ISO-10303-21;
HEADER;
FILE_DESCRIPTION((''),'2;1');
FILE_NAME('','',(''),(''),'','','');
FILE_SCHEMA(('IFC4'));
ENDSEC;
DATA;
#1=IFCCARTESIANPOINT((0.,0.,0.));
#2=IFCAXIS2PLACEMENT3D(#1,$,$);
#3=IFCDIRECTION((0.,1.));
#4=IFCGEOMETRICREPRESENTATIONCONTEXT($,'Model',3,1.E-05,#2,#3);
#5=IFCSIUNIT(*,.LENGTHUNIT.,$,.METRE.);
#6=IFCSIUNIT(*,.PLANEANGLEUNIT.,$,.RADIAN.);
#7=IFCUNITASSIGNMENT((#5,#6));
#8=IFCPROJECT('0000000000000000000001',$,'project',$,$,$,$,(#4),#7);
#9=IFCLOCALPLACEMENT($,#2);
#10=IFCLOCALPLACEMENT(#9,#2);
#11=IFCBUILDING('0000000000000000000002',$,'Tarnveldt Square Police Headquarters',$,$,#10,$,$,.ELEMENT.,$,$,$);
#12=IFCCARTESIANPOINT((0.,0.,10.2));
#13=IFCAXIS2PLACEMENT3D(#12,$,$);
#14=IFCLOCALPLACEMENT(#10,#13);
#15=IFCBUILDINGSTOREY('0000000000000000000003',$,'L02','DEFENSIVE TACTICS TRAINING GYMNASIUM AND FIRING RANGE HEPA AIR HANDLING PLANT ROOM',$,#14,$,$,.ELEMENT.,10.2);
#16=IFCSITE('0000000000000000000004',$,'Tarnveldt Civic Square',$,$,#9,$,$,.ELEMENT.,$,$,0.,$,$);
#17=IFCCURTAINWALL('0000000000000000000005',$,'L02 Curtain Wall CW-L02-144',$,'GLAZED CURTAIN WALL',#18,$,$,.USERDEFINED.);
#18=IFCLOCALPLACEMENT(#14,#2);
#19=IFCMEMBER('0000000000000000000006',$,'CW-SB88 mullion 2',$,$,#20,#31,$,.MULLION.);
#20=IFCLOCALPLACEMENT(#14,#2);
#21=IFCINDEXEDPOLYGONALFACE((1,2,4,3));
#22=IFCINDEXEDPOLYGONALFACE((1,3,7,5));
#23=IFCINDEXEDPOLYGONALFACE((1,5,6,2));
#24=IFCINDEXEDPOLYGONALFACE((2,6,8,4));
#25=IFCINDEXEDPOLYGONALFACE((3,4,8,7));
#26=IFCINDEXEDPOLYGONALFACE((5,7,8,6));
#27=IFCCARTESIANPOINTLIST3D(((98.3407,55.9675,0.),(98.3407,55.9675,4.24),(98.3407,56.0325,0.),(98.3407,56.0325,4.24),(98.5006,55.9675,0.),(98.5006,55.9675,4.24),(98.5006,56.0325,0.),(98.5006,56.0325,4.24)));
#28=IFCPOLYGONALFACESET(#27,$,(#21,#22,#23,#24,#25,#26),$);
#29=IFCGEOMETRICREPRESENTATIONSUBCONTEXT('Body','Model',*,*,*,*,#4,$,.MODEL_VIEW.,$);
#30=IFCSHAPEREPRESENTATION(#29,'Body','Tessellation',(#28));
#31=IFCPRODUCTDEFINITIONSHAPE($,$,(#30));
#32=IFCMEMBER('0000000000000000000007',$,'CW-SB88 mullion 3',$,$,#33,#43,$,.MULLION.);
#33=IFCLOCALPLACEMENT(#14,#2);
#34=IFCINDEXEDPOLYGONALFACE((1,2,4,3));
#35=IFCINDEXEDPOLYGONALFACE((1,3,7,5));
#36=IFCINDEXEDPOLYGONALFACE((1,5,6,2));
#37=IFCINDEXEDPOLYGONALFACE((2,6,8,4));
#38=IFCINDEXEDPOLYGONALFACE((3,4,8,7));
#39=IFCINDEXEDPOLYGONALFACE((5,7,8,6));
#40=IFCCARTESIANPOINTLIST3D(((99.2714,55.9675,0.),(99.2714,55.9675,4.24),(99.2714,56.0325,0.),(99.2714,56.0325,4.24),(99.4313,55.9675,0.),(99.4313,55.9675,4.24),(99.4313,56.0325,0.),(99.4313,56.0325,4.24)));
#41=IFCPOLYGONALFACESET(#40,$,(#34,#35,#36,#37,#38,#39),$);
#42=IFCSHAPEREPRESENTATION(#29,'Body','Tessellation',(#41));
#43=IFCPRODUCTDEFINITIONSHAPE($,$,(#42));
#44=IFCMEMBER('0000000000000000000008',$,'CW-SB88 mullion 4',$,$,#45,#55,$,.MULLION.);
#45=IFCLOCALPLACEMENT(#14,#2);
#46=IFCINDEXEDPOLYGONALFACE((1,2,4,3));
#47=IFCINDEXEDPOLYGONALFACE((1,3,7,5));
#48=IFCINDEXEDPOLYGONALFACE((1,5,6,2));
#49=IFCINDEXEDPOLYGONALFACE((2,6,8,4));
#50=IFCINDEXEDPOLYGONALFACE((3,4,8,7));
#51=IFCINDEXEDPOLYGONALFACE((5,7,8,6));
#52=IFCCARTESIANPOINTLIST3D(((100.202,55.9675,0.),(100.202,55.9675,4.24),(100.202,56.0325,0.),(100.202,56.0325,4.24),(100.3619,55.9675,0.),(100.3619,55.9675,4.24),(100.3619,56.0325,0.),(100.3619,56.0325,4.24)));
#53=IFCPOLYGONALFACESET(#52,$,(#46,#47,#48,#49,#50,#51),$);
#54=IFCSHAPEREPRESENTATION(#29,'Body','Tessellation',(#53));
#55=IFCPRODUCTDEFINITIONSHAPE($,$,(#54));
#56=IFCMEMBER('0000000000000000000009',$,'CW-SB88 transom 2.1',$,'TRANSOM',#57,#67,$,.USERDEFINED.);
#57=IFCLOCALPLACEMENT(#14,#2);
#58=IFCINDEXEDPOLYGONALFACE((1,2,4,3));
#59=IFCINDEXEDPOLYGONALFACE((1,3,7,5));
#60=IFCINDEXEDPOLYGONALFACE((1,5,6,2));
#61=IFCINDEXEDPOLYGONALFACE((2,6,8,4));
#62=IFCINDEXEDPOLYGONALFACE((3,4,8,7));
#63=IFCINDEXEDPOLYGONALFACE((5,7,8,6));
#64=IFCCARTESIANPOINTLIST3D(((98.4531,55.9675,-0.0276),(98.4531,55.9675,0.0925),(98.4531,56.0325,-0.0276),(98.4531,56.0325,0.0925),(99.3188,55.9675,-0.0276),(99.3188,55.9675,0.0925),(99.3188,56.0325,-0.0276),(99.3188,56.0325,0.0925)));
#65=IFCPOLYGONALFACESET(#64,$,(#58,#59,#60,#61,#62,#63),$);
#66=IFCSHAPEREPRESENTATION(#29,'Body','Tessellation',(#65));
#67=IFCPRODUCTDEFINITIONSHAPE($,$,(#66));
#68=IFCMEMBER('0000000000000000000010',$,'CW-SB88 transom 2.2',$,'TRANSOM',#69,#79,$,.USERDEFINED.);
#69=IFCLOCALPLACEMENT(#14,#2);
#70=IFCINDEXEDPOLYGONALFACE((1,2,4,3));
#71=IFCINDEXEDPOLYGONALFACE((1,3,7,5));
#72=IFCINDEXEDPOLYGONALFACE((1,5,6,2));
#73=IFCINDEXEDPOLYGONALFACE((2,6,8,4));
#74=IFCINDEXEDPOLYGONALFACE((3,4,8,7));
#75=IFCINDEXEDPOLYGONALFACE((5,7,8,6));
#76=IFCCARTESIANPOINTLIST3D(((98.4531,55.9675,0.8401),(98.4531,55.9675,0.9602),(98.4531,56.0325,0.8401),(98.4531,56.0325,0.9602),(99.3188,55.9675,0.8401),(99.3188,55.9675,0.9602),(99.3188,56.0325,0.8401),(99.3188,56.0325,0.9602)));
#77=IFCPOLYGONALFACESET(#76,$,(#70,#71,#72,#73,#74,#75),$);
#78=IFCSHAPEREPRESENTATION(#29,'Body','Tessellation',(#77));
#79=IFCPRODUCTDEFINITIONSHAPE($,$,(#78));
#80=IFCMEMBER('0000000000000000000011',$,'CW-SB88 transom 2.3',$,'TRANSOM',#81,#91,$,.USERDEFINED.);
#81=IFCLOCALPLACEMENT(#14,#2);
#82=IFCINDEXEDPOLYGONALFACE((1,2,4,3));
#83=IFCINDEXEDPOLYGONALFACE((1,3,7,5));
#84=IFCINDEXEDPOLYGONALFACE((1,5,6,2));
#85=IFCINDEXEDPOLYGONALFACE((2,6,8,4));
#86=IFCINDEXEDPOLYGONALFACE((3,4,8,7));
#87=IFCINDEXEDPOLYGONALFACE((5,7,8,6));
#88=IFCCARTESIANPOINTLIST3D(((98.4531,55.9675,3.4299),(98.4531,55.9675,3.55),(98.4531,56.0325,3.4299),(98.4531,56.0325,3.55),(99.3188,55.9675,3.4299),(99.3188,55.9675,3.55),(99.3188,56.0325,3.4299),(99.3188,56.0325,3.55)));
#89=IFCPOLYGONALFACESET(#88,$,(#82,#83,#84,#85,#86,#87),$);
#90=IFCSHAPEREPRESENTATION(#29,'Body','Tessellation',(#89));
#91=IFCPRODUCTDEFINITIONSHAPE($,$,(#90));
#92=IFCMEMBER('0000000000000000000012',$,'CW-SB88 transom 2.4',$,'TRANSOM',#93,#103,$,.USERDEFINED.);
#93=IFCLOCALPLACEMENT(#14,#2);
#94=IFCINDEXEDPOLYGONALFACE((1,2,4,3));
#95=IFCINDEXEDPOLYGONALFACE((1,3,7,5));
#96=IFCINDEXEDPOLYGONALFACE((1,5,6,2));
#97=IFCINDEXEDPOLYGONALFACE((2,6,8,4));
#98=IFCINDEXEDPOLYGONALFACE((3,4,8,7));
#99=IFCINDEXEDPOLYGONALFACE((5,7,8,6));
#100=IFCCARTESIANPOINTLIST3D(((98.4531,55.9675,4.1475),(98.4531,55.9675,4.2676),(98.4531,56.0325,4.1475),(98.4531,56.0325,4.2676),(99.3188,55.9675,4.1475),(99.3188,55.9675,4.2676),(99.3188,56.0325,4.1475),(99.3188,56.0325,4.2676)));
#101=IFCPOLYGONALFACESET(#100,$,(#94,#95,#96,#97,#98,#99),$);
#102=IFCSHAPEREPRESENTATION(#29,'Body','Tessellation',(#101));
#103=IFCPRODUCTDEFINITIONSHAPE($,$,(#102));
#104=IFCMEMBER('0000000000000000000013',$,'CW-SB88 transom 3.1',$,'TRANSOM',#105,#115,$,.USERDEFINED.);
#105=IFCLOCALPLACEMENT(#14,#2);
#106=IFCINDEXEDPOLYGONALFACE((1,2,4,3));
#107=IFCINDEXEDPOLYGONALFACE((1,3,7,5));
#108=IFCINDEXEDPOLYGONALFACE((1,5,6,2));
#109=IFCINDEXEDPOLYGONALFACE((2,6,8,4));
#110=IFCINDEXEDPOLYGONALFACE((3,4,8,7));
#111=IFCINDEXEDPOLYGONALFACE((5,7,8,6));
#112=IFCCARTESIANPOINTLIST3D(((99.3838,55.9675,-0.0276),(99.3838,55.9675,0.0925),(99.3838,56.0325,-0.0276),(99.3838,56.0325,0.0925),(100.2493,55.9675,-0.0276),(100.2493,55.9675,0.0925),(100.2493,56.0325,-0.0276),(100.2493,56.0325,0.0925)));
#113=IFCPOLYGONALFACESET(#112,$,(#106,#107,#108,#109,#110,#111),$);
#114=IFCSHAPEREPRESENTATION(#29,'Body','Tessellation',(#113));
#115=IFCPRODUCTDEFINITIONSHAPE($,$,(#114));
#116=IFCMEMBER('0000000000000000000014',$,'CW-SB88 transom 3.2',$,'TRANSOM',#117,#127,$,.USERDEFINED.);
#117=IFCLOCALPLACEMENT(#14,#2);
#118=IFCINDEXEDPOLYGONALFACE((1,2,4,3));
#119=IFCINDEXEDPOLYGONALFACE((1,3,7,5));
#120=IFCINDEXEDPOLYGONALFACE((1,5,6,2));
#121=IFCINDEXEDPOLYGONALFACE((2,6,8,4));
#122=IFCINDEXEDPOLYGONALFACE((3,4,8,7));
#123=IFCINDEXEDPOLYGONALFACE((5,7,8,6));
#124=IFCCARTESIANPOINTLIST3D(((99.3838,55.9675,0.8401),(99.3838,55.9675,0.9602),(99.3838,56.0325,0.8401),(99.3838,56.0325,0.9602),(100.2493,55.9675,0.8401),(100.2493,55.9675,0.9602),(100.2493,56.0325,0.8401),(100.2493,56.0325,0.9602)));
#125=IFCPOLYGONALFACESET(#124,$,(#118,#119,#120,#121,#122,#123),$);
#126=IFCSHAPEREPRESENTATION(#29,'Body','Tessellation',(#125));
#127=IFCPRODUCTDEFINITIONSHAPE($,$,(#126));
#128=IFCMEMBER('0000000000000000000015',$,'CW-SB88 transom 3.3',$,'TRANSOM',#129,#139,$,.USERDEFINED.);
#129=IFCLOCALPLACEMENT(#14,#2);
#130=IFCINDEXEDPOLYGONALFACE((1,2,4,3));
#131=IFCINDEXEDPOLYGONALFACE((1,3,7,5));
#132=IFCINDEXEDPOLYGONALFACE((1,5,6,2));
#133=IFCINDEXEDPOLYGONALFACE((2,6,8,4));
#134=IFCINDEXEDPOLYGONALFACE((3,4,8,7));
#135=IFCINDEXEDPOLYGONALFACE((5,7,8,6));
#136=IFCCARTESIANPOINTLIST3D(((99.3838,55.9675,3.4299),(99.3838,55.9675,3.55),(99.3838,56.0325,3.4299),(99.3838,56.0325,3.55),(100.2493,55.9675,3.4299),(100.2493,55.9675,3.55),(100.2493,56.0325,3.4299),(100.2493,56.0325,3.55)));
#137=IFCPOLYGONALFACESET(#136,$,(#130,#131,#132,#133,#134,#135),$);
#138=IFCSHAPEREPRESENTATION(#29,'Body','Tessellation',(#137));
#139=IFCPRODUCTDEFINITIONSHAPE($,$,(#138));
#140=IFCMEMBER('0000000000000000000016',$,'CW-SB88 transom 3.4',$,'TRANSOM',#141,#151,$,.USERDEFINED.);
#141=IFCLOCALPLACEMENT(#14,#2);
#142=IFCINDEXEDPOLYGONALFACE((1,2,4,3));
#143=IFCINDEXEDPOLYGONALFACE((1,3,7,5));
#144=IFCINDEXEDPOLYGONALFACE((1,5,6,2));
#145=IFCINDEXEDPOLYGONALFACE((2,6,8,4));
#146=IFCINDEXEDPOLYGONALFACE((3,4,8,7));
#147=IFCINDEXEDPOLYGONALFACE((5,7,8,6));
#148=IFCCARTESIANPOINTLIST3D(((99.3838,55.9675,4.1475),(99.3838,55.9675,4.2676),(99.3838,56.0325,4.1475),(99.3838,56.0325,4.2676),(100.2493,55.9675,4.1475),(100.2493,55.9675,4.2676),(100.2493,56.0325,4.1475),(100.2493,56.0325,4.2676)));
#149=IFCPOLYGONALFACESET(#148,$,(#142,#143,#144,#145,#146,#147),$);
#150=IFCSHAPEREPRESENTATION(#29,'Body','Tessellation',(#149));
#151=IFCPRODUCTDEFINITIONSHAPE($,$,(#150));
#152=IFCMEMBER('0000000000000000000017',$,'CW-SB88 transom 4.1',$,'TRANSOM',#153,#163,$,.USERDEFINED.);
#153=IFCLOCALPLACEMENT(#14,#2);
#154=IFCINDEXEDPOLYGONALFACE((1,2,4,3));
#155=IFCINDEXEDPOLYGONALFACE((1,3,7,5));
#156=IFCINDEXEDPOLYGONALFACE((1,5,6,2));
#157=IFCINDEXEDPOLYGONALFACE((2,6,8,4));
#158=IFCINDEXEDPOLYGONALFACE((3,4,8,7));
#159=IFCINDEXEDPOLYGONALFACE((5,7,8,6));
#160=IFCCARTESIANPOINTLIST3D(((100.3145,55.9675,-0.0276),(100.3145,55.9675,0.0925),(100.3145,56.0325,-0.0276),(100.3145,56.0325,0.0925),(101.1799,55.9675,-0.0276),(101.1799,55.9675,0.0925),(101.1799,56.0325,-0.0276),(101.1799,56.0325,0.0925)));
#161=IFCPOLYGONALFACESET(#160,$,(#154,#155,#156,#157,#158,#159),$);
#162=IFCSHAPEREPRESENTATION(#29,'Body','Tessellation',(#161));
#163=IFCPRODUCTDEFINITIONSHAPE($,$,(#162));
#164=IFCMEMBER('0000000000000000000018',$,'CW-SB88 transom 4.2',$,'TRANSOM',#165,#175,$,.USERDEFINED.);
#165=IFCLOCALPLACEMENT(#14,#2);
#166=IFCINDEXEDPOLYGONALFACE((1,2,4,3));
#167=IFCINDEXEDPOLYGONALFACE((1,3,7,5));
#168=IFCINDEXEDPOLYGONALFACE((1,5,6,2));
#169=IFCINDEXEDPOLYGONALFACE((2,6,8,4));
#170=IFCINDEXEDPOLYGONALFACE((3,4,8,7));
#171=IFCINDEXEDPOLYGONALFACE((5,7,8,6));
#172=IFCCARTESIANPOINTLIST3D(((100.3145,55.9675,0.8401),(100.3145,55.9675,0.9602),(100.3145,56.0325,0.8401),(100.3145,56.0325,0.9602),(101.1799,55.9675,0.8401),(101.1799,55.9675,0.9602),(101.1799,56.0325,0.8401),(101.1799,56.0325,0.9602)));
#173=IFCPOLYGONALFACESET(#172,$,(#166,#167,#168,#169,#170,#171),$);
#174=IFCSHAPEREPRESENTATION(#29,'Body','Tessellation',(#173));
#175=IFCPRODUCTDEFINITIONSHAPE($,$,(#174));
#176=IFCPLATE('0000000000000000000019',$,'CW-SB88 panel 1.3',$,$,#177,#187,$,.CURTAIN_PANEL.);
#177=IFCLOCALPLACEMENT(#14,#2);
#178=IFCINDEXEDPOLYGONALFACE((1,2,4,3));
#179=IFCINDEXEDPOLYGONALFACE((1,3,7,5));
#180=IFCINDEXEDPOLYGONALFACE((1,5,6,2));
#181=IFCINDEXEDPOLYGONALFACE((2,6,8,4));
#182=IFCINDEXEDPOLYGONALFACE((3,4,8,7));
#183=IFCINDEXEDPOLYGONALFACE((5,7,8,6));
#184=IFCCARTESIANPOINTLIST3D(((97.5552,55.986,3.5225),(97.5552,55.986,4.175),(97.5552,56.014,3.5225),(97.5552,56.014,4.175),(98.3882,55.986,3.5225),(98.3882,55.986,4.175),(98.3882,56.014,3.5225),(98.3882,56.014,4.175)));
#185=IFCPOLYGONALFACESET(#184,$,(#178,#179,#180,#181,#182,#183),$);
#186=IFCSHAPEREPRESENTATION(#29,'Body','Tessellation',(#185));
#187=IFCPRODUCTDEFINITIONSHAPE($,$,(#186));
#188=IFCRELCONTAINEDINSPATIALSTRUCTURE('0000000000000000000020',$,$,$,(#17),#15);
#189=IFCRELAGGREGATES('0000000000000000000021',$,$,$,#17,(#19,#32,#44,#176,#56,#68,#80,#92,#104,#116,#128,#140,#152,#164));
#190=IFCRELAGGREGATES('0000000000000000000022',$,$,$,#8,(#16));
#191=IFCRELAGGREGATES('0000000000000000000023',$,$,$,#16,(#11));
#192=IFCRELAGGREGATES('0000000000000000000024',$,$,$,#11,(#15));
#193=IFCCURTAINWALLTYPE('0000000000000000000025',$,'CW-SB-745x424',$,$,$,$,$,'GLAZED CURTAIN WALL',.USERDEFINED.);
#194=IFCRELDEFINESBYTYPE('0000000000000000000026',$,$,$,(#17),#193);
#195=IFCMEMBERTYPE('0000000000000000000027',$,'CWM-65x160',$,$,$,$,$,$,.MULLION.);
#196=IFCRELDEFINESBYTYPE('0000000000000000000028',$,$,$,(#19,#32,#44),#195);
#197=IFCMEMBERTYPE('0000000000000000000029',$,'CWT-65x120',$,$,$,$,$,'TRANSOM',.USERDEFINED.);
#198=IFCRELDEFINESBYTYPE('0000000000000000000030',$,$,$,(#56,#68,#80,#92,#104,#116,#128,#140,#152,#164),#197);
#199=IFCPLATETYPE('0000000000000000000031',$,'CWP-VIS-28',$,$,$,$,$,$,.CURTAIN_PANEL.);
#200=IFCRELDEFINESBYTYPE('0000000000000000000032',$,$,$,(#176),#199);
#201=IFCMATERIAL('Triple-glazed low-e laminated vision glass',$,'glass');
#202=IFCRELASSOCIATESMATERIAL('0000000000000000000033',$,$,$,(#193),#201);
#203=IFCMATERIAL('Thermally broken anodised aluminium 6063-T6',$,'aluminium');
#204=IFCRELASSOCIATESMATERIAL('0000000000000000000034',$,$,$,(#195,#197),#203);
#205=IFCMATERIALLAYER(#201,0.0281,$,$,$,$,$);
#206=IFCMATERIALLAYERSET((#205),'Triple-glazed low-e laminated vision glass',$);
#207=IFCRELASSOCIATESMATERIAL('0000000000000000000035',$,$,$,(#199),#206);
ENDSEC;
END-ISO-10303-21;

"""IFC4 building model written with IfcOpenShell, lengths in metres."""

from ifc_helpers import new_model, si_unit, direction, frame, origin, origin_2d, place, context, subcontext, project, spatial, rectangle, extrude, material, layer, layer_set, material_profile, profile_set, type_object, element, aggregate, save


model = new_model("IFC4")

# Units and contexts
model_context = context("Model", 3, precision=1e-05, world=origin(), true_north=direction((0.0, 1.0)))
body_context = subcontext(model_context, "Body", "Model", "MODEL_VIEW")
ifc_project = project(units=[si_unit("LENGTHUNIT", "METRE"), si_unit("PLANEANGLEUNIT", "RADIAN")], contexts=[model_context])

# Site, building, storey
site_placement = place(None, origin())
site = spatial("IfcSite", under=ifc_project, at=site_placement, Name="Tarnveldt Civic Square", CompositionType="ELEMENT", RefElevation=0.0)
building_placement = place(site_placement, origin())
building = spatial("IfcBuilding", under=site, at=building_placement, Name="Tarnveldt Square Police Headquarters", CompositionType="ELEMENT")
storey_placement = place(building_placement, frame((0.0, 0.0, 10.2)))
storey = spatial("IfcBuildingStorey", under=building, at=storey_placement, Name="L02", Description="DEFENSIVE TACTICS TRAINING GYMNASIUM AND FIRING RANGE HEPA AIR HANDLING PLANT ROOM", CompositionType="ELEMENT", Elevation=10.2)

# Curtain wall, members, plate
ifc_material_1 = material(Name="Triple-glazed low-e laminated vision glass", Category="glass")
curtain_wall_type = type_object("IfcCurtainWallType", Name="CW-SB-745x424", ElementType="GLAZED CURTAIN WALL", PredefinedType="USERDEFINED", material=ifc_material_1)
curtain_wall_placement = place(storey_placement, origin())
curtain_wall = element("IfcCurtainWall", 1, at=curtain_wall_placement, inside=storey, type_object=curtain_wall_type, Name="L02 Curtain Wall CW-L02-144", ObjectType="GLAZED CURTAIN WALL", PredefinedType="USERDEFINED")
ifc_material_2 = material(Name="Thermally broken anodised aluminium 6063-T6", Category="aluminium")
ifc_material_profile_1 = material_profile(ifc_material_2, rectangle(XDim=0.0649, YDim=0.1599, at=origin_2d()), Name="CW-M65x160")
ifc_profile_set_1 = profile_set([ifc_material_profile_1], Name="Thermally broken anodised aluminium 6063-T6")
member_type_1 = type_object("IfcMemberType", Name="CWM-65x160", PredefinedType="MULLION", material=ifc_profile_set_1)
member_1_placement = place(storey_placement, frame((98.4207, 56.0, 0.0), z_axis=(0.0, 0.0, 1.0), x_axis=(0.0, 1.0, 0.0)))
member_1 = element("IfcMember", 2, at=member_1_placement, type_object=member_type_1, Name="CW-SB88 mullion 2", PredefinedType="MULLION", context=body_context, shape_type="SweptSolid", body=[
    extrude(rectangle(XDim=0.0649, YDim=0.1599, at=origin_2d()), origin(), (0.0, 0.0, 1.0), 4.24),
])
member_2_placement = place(storey_placement, frame((99.3513, 56.0, 0.0), z_axis=(0.0, 0.0, 1.0), x_axis=(0.0, 1.0, 0.0)))
member_2 = element("IfcMember", 3, at=member_2_placement, type_object=member_type_1, Name="CW-SB88 mullion 3", PredefinedType="MULLION", context=body_context, shape_type="SweptSolid", body=[
    extrude(rectangle(XDim=0.0649, YDim=0.1599, at=origin_2d()), origin(), (0.0, 0.0, 1.0), 4.24),
])
member_3_placement = place(storey_placement, frame((100.282, 56.0, 0.0), z_axis=(0.0, 0.0, 1.0), x_axis=(0.0, 1.0, 0.0)))
member_3 = element("IfcMember", 4, at=member_3_placement, type_object=member_type_1, Name="CW-SB88 mullion 4", PredefinedType="MULLION", context=body_context, shape_type="SweptSolid", body=[
    extrude(rectangle(XDim=0.0649, YDim=0.1599, at=origin_2d()), origin(), (0.0, 0.0, 1.0), 4.24),
])
ifc_material_profile_2 = material_profile(ifc_material_2, rectangle(XDim=0.0649, YDim=0.1201, at=origin_2d()), Name="CW-T65x120")
ifc_profile_set_2 = profile_set([ifc_material_profile_2], Name="Thermally broken anodised aluminium 6063-T6")
member_type_2 = type_object("IfcMemberType", Name="CWT-65x120", ElementType="TRANSOM", PredefinedType="USERDEFINED", material=ifc_profile_set_2)
member_4_placement = place(storey_placement, frame((98.4531, 56.0, 0.0325), z_axis=(1.0, 0.0, 0.0), x_axis=(0.0, 1.0, 0.0)))
member_4 = element("IfcMember", 5, at=member_4_placement, type_object=member_type_2, Name="CW-SB88 transom 2.1", ObjectType="TRANSOM", PredefinedType="USERDEFINED", context=body_context, shape_type="SweptSolid", body=[
    extrude(rectangle(XDim=0.0649, YDim=0.1201, at=origin_2d()), origin(), (0.0, 0.0, 1.0), 0.8657),
])
member_5_placement = place(storey_placement, frame((98.4531, 56.0, 0.9001), z_axis=(1.0, 0.0, 0.0), x_axis=(0.0, 1.0, 0.0)))
member_5 = element("IfcMember", 6, at=member_5_placement, type_object=member_type_2, Name="CW-SB88 transom 2.2", ObjectType="TRANSOM", PredefinedType="USERDEFINED", context=body_context, shape_type="SweptSolid", body=[
    extrude(rectangle(XDim=0.0649, YDim=0.1201, at=origin_2d()), origin(), (0.0, 0.0, 1.0), 0.8657),
])
member_6_placement = place(storey_placement, frame((98.4531, 56.0, 3.49), z_axis=(1.0, 0.0, 0.0), x_axis=(0.0, 1.0, 0.0)))
member_6 = element("IfcMember", 7, at=member_6_placement, type_object=member_type_2, Name="CW-SB88 transom 2.3", ObjectType="TRANSOM", PredefinedType="USERDEFINED", context=body_context, shape_type="SweptSolid", body=[
    extrude(rectangle(XDim=0.0649, YDim=0.1201, at=origin_2d()), origin(), (0.0, 0.0, 1.0), 0.8657),
])
member_7_placement = place(storey_placement, frame((98.4531, 56.0, 4.2075), z_axis=(1.0, 0.0, 0.0), x_axis=(0.0, 1.0, 0.0)))
member_7 = element("IfcMember", 8, at=member_7_placement, type_object=member_type_2, Name="CW-SB88 transom 2.4", ObjectType="TRANSOM", PredefinedType="USERDEFINED", context=body_context, shape_type="SweptSolid", body=[
    extrude(rectangle(XDim=0.0649, YDim=0.1201, at=origin_2d()), origin(), (0.0, 0.0, 1.0), 0.8657),
])
member_8_placement = place(storey_placement, frame((99.3838, 56.0, 0.0325), z_axis=(1.0, 0.0, 0.0), x_axis=(0.0, 1.0, 0.0)))
member_8 = element("IfcMember", 9, at=member_8_placement, type_object=member_type_2, Name="CW-SB88 transom 3.1", ObjectType="TRANSOM", PredefinedType="USERDEFINED", context=body_context, shape_type="SweptSolid", body=[
    extrude(rectangle(XDim=0.0649, YDim=0.1201, at=origin_2d()), origin(), (0.0, 0.0, 1.0), 0.8655),
])
member_9_placement = place(storey_placement, frame((99.3838, 56.0, 0.9001), z_axis=(1.0, 0.0, 0.0), x_axis=(0.0, 1.0, 0.0)))
member_9 = element("IfcMember", 10, at=member_9_placement, type_object=member_type_2, Name="CW-SB88 transom 3.2", ObjectType="TRANSOM", PredefinedType="USERDEFINED", context=body_context, shape_type="SweptSolid", body=[
    extrude(rectangle(XDim=0.0649, YDim=0.1201, at=origin_2d()), origin(), (0.0, 0.0, 1.0), 0.8655),
])
member_10_placement = place(storey_placement, frame((99.3838, 56.0, 3.49), z_axis=(1.0, 0.0, 0.0), x_axis=(0.0, 1.0, 0.0)))
member_10 = element("IfcMember", 11, at=member_10_placement, type_object=member_type_2, Name="CW-SB88 transom 3.3", ObjectType="TRANSOM", PredefinedType="USERDEFINED", context=body_context, shape_type="SweptSolid", body=[
    extrude(rectangle(XDim=0.0649, YDim=0.1201, at=origin_2d()), origin(), (0.0, 0.0, 1.0), 0.8655),
])
member_11_placement = place(storey_placement, frame((99.3838, 56.0, 4.2075), z_axis=(1.0, 0.0, 0.0), x_axis=(0.0, 1.0, 0.0)))
member_11 = element("IfcMember", 12, at=member_11_placement, type_object=member_type_2, Name="CW-SB88 transom 3.4", ObjectType="TRANSOM", PredefinedType="USERDEFINED", context=body_context, shape_type="SweptSolid", body=[
    extrude(rectangle(XDim=0.0649, YDim=0.1201, at=origin_2d()), origin(), (0.0, 0.0, 1.0), 0.8655),
])
member_12_placement = place(storey_placement, frame((100.3145, 56.0, 0.0325), z_axis=(1.0, 0.0, 0.0), x_axis=(0.0, 1.0, 0.0)))
member_12 = element("IfcMember", 13, at=member_12_placement, type_object=member_type_2, Name="CW-SB88 transom 4.1", ObjectType="TRANSOM", PredefinedType="USERDEFINED", context=body_context, shape_type="SweptSolid", body=[
    extrude(rectangle(XDim=0.0649, YDim=0.1201, at=origin_2d()), origin(), (0.0, 0.0, 1.0), 0.8655),
])
member_13_placement = place(storey_placement, frame((100.3145, 56.0, 0.9001), z_axis=(1.0, 0.0, 0.0), x_axis=(0.0, 1.0, 0.0)))
member_13 = element("IfcMember", 14, at=member_13_placement, type_object=member_type_2, Name="CW-SB88 transom 4.2", ObjectType="TRANSOM", PredefinedType="USERDEFINED", context=body_context, shape_type="SweptSolid", body=[
    extrude(rectangle(XDim=0.0649, YDim=0.1201, at=origin_2d()), origin(), (0.0, 0.0, 1.0), 0.8655),
])
ifc_layer = layer(ifc_material_1, 0.0281)
ifc_layer_set = layer_set([ifc_layer], Name="Triple-glazed low-e laminated vision glass")
plate_type = type_object("IfcPlateType", Name="CWP-VIS-28", PredefinedType="CURTAIN_PANEL", material=ifc_layer_set)
plate_1_placement = place(storey_placement, frame((97.9717, 56.0, 3.5225), z_axis=(0.0, 0.0, 1.0), x_axis=(1.0, 0.0, 0.0)))
plate_1 = element("IfcPlate", 15, at=plate_1_placement, type_object=plate_type, Name="CW-SB88 panel 1.3", PredefinedType="CURTAIN_PANEL", context=body_context, shape_type="SweptSolid", body=[
    extrude(rectangle(XDim=0.833, YDim=0.0281, at=origin_2d()), origin(), (0.0, 0.0, 1.0), 0.6526),
])
aggregate(curtain_wall, [member_1, member_2, member_3, plate_1, member_4, member_5, member_6, member_7, member_8, member_9, member_10, member_11, member_12, member_13])

save(model, "model.ifc")
